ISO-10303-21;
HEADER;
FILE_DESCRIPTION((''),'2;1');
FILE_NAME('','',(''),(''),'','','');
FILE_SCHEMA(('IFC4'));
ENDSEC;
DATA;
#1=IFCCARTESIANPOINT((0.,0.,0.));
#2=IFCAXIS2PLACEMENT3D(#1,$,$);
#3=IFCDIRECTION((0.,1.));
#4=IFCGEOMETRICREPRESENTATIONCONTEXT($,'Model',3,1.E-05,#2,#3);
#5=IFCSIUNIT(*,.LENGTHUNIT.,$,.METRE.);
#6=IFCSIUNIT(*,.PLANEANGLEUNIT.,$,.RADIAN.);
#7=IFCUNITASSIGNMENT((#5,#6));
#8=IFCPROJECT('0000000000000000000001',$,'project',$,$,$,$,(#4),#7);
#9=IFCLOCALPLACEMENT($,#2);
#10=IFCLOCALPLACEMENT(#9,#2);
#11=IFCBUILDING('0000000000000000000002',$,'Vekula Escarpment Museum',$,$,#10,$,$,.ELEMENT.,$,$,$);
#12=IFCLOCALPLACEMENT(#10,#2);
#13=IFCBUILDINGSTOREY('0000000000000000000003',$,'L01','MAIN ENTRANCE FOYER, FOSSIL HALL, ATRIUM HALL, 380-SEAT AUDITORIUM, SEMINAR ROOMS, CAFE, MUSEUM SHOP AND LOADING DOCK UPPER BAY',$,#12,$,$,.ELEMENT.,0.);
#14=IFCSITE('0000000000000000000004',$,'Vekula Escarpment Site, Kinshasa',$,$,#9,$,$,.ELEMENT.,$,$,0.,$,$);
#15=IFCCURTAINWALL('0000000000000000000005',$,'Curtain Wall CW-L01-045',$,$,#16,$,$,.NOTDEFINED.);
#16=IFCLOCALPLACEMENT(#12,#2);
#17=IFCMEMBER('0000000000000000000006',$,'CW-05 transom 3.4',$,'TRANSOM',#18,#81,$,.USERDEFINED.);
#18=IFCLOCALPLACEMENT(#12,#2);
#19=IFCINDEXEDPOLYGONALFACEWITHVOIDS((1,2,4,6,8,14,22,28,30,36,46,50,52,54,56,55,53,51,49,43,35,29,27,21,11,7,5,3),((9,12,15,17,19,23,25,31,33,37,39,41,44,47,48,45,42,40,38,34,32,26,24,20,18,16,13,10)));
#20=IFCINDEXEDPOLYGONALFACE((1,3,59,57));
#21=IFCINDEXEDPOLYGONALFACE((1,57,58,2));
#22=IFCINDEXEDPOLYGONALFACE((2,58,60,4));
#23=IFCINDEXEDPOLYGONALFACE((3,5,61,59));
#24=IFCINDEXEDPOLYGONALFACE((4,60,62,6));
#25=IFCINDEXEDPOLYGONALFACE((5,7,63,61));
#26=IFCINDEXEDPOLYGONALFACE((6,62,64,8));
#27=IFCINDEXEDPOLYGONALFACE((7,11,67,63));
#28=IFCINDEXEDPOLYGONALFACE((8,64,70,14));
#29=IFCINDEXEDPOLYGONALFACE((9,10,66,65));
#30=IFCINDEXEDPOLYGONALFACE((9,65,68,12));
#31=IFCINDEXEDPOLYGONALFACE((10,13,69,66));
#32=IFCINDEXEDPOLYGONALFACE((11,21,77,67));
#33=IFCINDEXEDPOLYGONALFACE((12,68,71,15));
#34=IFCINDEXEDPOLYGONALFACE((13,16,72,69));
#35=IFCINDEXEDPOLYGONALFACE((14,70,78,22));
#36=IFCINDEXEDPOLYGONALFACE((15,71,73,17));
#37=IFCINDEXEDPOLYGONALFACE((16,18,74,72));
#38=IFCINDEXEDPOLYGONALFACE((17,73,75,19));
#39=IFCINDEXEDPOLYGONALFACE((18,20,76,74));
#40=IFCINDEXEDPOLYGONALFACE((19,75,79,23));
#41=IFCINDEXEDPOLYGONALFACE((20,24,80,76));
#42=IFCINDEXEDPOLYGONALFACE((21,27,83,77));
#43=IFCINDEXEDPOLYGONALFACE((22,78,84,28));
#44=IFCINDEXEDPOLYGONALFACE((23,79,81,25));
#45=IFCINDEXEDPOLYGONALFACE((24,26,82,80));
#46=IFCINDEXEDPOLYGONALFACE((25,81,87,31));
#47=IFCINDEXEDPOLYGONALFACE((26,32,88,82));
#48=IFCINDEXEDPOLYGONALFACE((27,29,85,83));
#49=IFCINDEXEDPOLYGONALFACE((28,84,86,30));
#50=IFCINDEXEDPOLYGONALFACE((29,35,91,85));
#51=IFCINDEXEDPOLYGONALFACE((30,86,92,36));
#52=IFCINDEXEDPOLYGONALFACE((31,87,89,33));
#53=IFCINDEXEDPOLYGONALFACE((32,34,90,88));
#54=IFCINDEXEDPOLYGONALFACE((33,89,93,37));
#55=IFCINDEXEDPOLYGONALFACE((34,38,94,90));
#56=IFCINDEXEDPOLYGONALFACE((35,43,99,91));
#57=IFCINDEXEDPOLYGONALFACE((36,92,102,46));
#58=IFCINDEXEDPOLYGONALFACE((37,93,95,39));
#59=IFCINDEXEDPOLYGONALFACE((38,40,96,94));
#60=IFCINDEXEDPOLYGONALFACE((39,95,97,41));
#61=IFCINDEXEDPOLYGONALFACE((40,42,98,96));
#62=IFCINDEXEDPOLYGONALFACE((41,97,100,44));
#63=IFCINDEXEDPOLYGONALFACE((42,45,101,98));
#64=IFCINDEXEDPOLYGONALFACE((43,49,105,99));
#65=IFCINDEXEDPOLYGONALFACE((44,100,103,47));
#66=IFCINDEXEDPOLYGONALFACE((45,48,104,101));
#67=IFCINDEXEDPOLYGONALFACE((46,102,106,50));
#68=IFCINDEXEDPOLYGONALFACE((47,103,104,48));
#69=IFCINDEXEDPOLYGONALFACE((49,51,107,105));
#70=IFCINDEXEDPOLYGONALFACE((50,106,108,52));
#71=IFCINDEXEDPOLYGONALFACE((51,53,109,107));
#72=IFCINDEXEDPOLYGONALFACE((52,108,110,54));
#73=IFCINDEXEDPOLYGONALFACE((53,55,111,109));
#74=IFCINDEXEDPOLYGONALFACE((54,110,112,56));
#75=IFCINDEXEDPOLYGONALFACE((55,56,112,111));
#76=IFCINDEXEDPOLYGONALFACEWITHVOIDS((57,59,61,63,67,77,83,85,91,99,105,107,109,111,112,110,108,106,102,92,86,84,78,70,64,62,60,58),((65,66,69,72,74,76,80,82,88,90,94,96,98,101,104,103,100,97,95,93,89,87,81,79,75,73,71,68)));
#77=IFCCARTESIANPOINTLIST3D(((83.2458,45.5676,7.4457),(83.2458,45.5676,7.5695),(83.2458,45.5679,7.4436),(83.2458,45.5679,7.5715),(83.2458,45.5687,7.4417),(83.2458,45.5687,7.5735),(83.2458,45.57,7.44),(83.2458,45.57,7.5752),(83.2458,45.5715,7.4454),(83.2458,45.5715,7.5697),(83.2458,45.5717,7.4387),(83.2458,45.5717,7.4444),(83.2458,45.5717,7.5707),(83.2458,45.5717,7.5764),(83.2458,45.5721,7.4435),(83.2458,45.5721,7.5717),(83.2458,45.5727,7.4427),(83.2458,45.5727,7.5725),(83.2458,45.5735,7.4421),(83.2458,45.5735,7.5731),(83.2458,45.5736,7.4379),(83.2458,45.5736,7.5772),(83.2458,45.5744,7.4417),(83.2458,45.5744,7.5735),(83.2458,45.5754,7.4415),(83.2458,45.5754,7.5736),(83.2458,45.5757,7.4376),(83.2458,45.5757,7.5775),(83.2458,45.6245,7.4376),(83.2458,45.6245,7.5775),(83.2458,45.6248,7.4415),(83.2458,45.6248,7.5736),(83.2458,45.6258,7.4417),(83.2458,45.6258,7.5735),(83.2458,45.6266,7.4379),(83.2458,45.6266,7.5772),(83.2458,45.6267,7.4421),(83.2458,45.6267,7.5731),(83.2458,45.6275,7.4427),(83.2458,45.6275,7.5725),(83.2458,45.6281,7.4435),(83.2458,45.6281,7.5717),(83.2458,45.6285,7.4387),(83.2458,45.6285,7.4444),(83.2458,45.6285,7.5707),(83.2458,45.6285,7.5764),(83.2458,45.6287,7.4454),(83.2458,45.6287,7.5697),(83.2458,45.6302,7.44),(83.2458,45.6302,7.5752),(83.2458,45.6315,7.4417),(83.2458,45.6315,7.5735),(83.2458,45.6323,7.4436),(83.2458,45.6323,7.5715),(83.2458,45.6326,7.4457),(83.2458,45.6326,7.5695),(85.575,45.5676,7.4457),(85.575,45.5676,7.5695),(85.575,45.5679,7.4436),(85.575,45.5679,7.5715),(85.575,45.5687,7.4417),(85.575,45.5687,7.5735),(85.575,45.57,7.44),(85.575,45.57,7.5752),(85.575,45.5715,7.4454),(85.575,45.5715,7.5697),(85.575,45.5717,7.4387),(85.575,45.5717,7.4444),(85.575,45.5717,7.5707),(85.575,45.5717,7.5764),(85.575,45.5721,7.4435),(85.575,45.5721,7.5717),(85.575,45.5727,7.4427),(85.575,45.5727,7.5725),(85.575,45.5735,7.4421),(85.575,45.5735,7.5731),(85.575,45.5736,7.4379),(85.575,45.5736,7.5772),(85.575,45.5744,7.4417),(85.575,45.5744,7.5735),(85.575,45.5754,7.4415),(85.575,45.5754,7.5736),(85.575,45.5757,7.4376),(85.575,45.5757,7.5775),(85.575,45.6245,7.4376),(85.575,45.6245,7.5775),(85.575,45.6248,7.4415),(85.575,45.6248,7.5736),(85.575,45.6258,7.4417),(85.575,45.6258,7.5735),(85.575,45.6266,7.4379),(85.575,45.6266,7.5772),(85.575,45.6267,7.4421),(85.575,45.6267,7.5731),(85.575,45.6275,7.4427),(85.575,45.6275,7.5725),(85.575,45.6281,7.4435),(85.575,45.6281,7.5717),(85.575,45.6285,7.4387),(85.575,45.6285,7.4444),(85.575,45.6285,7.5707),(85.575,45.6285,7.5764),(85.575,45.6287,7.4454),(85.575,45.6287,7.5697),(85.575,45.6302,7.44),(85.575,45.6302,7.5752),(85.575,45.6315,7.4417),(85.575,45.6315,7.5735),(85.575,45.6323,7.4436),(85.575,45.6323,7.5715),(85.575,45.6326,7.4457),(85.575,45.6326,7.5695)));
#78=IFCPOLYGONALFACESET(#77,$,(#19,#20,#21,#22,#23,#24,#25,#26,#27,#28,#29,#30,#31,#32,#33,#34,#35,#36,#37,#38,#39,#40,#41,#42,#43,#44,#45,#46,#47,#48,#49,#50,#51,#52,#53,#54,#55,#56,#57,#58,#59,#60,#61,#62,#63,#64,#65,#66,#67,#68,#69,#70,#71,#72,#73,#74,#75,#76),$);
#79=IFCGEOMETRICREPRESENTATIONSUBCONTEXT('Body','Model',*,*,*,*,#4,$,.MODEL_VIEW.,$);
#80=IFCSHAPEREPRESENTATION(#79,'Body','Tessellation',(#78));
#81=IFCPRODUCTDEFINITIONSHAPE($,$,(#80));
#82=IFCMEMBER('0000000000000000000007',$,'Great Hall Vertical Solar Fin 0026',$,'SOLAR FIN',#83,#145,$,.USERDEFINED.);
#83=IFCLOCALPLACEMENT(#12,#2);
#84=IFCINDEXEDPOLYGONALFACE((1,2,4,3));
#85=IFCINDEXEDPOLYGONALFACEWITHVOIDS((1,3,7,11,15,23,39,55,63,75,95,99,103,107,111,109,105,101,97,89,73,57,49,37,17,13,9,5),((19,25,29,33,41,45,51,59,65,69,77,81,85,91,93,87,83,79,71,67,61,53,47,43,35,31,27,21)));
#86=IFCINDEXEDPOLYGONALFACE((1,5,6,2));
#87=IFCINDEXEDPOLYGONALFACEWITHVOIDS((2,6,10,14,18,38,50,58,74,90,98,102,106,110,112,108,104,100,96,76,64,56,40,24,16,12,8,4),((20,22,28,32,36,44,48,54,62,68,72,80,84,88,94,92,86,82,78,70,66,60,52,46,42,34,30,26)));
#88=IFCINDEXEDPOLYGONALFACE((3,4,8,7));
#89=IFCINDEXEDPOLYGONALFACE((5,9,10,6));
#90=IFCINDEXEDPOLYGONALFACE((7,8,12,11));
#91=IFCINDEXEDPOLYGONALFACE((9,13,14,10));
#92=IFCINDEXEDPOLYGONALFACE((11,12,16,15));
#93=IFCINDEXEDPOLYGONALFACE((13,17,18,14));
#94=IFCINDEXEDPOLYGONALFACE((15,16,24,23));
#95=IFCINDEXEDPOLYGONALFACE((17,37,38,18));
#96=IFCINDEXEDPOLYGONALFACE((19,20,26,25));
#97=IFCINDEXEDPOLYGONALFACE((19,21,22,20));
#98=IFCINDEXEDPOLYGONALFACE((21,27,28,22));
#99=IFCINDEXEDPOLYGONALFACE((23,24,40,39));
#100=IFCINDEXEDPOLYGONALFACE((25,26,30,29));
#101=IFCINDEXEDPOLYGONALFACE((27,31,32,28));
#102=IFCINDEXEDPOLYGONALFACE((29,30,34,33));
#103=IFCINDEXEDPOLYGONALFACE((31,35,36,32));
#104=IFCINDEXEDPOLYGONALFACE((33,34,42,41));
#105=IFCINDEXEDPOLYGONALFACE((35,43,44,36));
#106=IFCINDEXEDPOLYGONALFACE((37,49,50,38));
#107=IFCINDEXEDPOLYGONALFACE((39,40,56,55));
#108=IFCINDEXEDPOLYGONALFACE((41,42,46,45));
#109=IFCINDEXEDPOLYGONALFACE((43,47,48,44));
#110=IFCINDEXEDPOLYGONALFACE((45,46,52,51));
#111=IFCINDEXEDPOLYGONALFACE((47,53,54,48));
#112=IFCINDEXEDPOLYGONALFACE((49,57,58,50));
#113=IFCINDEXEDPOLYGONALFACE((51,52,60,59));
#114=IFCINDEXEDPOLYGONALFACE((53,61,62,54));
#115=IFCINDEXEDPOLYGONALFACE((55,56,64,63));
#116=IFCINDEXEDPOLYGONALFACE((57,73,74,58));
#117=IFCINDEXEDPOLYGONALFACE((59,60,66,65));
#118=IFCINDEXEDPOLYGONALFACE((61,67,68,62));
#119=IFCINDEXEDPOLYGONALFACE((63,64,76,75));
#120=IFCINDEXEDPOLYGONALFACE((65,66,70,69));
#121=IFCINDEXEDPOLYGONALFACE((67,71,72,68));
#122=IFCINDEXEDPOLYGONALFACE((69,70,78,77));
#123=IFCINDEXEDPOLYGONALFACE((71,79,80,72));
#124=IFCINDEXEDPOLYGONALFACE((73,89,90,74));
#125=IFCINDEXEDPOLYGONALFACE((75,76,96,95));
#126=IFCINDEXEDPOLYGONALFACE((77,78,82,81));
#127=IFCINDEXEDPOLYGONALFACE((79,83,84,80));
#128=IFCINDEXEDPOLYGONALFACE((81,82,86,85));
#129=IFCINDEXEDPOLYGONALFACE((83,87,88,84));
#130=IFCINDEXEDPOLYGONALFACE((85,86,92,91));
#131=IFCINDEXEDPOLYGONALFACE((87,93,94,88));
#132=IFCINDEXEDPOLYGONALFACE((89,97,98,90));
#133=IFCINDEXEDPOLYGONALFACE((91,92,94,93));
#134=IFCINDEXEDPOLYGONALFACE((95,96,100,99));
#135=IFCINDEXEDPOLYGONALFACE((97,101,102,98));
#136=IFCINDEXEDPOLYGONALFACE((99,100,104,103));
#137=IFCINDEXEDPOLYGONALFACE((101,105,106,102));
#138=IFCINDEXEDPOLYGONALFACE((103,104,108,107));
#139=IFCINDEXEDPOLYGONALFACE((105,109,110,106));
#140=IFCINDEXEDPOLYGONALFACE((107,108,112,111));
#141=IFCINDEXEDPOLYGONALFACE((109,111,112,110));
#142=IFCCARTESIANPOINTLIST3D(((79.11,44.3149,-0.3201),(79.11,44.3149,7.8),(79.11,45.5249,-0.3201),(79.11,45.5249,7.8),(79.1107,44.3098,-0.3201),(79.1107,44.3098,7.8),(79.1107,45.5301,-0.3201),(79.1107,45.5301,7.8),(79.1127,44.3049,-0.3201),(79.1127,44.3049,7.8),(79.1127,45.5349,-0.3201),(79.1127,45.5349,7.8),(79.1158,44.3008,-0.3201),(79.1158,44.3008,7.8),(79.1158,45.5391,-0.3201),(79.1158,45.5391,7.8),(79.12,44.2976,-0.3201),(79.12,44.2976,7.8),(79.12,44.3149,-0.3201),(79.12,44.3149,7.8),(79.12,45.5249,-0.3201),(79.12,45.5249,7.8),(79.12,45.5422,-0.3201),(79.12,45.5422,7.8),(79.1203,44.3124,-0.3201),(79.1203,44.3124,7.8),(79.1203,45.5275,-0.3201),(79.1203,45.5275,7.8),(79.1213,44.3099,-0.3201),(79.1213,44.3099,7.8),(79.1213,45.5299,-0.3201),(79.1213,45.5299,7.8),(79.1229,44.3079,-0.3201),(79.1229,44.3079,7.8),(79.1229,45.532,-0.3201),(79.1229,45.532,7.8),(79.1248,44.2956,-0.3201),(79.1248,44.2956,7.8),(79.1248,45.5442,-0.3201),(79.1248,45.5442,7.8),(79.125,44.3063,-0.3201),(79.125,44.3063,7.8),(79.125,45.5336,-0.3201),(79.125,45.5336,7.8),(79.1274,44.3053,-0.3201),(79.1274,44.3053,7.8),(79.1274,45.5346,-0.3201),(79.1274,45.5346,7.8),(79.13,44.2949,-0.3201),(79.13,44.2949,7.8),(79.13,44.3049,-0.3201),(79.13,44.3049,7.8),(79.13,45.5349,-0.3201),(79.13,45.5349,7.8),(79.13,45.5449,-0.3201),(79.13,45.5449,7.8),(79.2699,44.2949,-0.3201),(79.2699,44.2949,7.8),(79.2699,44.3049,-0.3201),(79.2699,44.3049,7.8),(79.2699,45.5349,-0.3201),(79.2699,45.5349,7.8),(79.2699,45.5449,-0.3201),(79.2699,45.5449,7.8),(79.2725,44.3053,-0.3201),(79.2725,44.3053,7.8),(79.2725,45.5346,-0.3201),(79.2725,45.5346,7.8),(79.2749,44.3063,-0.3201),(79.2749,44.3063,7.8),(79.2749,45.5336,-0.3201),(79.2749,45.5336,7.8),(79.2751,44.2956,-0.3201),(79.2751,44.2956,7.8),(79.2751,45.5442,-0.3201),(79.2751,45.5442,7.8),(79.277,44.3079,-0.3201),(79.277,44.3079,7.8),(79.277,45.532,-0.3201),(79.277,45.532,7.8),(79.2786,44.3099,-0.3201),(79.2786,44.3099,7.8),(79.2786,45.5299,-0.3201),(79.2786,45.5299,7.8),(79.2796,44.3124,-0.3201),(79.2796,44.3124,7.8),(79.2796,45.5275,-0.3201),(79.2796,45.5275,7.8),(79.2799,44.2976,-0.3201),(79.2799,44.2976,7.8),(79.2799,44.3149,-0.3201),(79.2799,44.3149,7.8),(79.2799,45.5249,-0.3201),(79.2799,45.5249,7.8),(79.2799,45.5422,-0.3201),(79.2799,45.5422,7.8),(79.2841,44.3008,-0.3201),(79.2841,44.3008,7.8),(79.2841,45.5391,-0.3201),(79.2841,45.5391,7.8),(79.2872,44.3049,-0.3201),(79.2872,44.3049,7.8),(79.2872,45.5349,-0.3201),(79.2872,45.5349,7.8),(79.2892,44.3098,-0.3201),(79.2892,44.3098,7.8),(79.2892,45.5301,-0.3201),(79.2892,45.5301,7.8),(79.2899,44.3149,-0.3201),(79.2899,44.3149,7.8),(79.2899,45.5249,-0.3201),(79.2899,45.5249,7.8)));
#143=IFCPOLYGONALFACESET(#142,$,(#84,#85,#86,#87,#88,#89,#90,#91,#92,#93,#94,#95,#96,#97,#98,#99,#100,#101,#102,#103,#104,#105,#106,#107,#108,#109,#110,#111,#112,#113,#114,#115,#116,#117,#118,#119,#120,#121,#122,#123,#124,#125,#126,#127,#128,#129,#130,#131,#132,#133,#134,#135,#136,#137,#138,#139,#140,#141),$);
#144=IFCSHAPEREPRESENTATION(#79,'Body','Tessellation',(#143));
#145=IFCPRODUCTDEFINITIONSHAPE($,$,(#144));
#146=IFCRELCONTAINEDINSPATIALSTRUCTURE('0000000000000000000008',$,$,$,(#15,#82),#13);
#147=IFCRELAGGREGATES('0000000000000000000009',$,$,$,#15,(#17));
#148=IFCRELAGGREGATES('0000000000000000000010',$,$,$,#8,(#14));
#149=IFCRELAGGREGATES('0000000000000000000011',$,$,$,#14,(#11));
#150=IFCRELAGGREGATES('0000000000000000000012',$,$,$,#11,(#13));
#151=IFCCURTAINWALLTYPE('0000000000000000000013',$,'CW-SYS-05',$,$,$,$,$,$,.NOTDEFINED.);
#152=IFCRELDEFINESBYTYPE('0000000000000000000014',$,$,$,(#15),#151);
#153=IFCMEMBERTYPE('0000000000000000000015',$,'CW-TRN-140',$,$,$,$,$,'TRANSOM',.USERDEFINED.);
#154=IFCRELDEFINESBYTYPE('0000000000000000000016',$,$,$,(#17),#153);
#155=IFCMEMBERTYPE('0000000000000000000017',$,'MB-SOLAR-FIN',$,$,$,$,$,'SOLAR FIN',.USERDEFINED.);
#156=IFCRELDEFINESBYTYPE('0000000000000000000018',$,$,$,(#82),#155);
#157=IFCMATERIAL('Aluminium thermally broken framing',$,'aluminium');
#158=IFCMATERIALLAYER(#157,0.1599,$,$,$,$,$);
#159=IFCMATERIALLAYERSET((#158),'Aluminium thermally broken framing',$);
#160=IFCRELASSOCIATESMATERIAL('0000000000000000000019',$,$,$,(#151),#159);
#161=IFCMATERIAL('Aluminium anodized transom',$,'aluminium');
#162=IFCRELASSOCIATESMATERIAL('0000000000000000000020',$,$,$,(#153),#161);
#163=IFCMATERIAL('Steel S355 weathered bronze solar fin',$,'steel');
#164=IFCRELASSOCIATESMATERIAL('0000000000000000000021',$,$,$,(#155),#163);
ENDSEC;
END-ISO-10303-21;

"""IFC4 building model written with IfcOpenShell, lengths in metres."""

from ifc_helpers import new_model, si_unit, direction, frame, origin, origin_2d, place, context, subcontext, project, spatial, hollow_rectangle, extrude, material, layer, layer_set, material_profile, profile_set, type_object, element, aggregate, save


model = new_model("IFC4")

# Units and contexts
model_context = context("Model", 3, precision=1e-05, world=origin(), true_north=direction((0.0, 1.0)))
body_context = subcontext(model_context, "Body", "Model", "MODEL_VIEW")
ifc_project = project(units=[si_unit("LENGTHUNIT", "METRE"), si_unit("PLANEANGLEUNIT", "RADIAN")], contexts=[model_context])

# Site, building, storey
site_placement = place(None, origin())
site = spatial("IfcSite", under=ifc_project, at=site_placement, Name="Vekula Escarpment Site, Kinshasa", CompositionType="ELEMENT", RefElevation=0.0)
building_placement = place(site_placement, origin())
building = spatial("IfcBuilding", under=site, at=building_placement, Name="Vekula Escarpment Museum", CompositionType="ELEMENT")
storey_placement = place(building_placement, origin())
storey = spatial("IfcBuildingStorey", under=building, at=storey_placement, Name="L01", Description="MAIN ENTRANCE FOYER, FOSSIL HALL, ATRIUM HALL, 380-SEAT AUDITORIUM, SEMINAR ROOMS, CAFE, MUSEUM SHOP AND LOADING DOCK UPPER BAY", CompositionType="ELEMENT", Elevation=0.0)

# Curtain wall, member
ifc_material_1 = material(Name="Aluminium thermally broken framing", Category="aluminium")
ifc_layer_1 = layer(ifc_material_1, 0.1599)
ifc_layer_set_1 = layer_set([ifc_layer_1], Name="Aluminium thermally broken framing")
curtain_wall_type = type_object("IfcCurtainWallType", Name="CW-SYS-05", PredefinedType="NOTDEFINED", material=ifc_layer_set_1)
curtain_wall_placement = place(storey_placement, origin())
curtain_wall = element("IfcCurtainWall", 1, at=curtain_wall_placement, inside=storey, type_object=curtain_wall_type, Name="Curtain Wall CW-L01-045", PredefinedType="NOTDEFINED")
ifc_material_2 = material(Name="Aluminium anodized transom", Category="aluminium")
ifc_material_profile_1 = material_profile(ifc_material_2, hollow_rectangle(XDim=0.0649, YDim=0.1399, WallThickness=0.0039, InnerFilletRadius=0.0039, OuterFilletRadius=0.0081, at=origin_2d()), Name="ALU 140x65x4")
ifc_profile_set_1 = profile_set([ifc_material_profile_1], Name="Aluminium anodized transom")
member_type_1 = type_object("IfcMemberType", Name="CW-TRN-140", ElementType="TRANSOM", PredefinedType="USERDEFINED", material=ifc_profile_set_1)
member_1_placement = place(storey_placement, frame((83.2458, 45.6001, 7.5076), z_axis=(1.0, 0.0, 0.0), x_axis=(0.0, 1.0, 0.0)))
member_1 = element("IfcMember", 2, at=member_1_placement, type_object=member_type_1, Name="CW-05 transom 3.4", ObjectType="TRANSOM", PredefinedType="USERDEFINED", context=body_context, shape_type="SweptSolid", body=[
    extrude(hollow_rectangle(XDim=0.0649, YDim=0.1399, WallThickness=0.0039, InnerFilletRadius=0.0039, OuterFilletRadius=0.0081, at=origin_2d()), origin(), (0.0, 0.0, 1.0), 2.3291),
])

# Member
ifc_material_3 = material(Name="Steel S355 weathered bronze solar fin", Category="steel")
ifc_material_profile_2 = material_profile(ifc_material_3, hollow_rectangle(XDim=0.1799, YDim=1.25, WallThickness=0.01, InnerFilletRadius=0.01, OuterFilletRadius=0.02, at=origin_2d()), Name="RHS 1250x180x10")
ifc_profile_set_2 = profile_set([ifc_material_profile_2], Name="Steel S355 weathered bronze solar fin")
member_type_2 = type_object("IfcMemberType", Name="MB-SOLAR-FIN", ElementType="SOLAR FIN", PredefinedType="USERDEFINED", material=ifc_profile_set_2)
for number, where, z_axis, x_axis, name in (
    (3, (79.2, 44.9199, -0.3201), (0.0, 0.0, 1.0), (1.0, 0.0, 0.0), "Great Hall Vertical Solar Fin 0026"),
):
    element("IfcMember", number, at=place(storey_placement, frame(where, z_axis=z_axis, x_axis=x_axis)), inside=storey, type_object=member_type_2, Name=name, ObjectType="SOLAR FIN", PredefinedType="USERDEFINED", context=body_context, shape_type="SweptSolid", body=[
        extrude(hollow_rectangle(XDim=0.1799, YDim=1.25, WallThickness=0.01, InnerFilletRadius=0.01, OuterFilletRadius=0.02, at=origin_2d()), origin(), (0.0, 0.0, 1.0), 8.1201),
    ])

aggregate(curtain_wall, [member_1])

save(model, "model.ifc")
